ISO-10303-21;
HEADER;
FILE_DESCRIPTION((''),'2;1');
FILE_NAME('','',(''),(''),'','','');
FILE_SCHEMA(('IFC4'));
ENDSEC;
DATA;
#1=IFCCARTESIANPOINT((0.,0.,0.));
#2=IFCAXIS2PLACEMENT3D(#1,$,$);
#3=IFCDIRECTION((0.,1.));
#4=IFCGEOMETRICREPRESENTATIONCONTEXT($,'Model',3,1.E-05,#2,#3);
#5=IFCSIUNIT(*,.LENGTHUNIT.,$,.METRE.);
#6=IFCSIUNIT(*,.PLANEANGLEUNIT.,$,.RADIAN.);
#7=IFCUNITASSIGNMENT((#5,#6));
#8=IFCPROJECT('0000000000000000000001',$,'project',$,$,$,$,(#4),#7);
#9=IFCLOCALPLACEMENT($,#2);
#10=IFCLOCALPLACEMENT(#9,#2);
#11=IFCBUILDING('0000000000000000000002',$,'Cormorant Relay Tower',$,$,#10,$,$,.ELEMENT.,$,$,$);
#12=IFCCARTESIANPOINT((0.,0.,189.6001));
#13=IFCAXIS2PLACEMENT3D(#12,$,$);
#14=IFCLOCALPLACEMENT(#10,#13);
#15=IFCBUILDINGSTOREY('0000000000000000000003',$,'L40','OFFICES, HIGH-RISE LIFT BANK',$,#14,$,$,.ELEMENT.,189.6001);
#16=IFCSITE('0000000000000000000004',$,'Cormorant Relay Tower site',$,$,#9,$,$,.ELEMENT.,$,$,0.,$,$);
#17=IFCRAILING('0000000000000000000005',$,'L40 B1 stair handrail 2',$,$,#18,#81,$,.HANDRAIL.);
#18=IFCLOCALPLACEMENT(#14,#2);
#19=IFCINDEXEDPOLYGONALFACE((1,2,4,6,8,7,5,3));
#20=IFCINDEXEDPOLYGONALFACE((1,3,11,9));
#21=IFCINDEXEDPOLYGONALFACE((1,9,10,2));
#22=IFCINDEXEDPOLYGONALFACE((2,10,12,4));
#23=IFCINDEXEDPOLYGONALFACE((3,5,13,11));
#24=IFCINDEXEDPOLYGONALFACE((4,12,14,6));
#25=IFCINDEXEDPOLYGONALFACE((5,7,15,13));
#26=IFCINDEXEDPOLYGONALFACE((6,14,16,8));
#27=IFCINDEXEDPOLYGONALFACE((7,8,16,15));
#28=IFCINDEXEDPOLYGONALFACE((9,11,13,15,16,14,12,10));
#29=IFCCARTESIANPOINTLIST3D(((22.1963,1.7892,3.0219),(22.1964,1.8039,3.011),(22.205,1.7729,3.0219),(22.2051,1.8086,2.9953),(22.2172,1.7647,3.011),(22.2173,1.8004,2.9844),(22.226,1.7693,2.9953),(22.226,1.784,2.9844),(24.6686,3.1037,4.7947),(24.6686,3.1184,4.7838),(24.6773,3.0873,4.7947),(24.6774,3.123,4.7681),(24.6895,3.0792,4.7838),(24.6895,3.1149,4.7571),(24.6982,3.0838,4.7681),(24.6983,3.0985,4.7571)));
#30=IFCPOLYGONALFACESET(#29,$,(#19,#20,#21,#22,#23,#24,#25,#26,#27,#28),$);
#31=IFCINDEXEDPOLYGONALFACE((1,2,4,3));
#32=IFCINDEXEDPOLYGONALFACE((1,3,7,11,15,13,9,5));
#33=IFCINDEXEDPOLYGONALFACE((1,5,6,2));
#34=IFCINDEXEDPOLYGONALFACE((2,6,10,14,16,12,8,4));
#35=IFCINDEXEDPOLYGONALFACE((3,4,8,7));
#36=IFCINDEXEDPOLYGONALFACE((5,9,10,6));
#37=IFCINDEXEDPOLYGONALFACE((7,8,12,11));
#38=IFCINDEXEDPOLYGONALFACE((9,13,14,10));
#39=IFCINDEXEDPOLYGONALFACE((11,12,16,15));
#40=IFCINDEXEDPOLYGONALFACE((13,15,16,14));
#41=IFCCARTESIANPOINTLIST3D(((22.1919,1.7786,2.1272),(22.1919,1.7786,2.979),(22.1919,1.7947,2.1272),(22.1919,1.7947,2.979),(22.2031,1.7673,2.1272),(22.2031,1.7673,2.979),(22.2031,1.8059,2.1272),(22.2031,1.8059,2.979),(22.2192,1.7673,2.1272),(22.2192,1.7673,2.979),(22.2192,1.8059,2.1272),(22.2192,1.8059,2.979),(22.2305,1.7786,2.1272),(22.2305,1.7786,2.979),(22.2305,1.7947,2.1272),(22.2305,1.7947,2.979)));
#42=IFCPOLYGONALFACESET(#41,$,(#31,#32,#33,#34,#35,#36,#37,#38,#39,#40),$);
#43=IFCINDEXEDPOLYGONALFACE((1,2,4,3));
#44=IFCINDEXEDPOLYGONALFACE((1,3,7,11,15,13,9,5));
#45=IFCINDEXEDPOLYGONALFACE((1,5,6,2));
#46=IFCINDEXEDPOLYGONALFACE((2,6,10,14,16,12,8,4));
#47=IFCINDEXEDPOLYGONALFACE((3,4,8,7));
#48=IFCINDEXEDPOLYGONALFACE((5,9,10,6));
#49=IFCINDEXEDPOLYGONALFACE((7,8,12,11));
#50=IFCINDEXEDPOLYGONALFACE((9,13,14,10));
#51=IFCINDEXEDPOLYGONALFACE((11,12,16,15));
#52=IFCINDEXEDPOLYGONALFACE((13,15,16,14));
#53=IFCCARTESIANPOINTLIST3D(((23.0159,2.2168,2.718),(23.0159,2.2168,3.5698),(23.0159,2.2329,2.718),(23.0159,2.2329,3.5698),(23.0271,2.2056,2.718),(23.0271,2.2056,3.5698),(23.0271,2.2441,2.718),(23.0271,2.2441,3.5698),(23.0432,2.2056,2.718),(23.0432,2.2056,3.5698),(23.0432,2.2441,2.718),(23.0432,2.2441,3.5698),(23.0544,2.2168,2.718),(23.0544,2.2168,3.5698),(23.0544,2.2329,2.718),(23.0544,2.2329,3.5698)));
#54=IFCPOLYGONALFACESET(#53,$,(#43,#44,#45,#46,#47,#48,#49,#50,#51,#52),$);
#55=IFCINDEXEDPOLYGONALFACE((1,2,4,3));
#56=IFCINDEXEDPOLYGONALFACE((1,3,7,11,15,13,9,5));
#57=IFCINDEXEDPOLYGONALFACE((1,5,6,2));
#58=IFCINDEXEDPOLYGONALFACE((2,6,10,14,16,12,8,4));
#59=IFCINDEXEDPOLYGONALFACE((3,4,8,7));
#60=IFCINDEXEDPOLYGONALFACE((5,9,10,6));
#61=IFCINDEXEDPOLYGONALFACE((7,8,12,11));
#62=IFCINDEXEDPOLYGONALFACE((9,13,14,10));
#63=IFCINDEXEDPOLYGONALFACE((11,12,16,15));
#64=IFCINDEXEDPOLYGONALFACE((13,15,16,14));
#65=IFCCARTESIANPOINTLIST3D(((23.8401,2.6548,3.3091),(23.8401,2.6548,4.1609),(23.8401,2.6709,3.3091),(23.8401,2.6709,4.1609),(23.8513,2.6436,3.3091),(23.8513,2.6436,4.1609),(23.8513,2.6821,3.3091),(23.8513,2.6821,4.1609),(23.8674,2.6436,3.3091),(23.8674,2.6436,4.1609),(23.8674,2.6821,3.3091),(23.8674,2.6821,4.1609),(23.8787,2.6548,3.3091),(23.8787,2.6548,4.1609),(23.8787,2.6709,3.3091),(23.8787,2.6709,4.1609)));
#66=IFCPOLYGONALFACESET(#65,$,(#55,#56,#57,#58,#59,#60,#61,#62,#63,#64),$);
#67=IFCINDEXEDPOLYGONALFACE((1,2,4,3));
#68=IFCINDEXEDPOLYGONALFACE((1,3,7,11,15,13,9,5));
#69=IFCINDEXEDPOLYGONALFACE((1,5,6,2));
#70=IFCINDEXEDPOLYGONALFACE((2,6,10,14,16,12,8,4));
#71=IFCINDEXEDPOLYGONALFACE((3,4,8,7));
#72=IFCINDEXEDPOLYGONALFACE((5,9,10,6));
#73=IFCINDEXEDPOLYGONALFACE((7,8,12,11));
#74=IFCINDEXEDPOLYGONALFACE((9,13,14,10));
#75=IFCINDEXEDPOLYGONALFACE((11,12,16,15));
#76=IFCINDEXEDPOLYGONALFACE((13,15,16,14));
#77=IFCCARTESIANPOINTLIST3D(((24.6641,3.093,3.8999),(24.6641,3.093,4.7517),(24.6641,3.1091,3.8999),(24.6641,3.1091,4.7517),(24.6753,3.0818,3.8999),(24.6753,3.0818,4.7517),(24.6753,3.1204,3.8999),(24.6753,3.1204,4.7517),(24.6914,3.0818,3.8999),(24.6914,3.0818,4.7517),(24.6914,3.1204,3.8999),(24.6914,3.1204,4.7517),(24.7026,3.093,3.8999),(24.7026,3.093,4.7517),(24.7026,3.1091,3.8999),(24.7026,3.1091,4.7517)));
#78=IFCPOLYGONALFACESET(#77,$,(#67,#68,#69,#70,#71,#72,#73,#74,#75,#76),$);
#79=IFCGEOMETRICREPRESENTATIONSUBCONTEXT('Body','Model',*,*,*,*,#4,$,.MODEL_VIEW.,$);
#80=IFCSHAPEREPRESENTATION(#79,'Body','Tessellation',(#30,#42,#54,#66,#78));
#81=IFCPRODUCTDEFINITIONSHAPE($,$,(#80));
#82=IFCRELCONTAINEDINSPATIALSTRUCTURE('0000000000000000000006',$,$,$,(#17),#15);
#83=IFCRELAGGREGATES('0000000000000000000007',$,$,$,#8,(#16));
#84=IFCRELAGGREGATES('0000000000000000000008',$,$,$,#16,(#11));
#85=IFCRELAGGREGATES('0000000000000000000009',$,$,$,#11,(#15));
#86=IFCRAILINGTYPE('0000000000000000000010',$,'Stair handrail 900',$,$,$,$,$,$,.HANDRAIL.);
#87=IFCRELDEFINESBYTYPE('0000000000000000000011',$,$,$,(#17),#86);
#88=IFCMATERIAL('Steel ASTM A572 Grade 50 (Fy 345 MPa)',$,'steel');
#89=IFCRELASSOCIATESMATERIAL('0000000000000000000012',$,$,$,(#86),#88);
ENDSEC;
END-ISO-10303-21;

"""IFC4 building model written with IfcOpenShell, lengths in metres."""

from ifc_helpers import new_model, si_unit, direction, frame, origin, place, context, subcontext, project, spatial, polyline, outline, extrude, material, type_object, element, save


model = new_model("IFC4")

# Units and contexts
model_context = context("Model", 3, precision=1e-05, world=origin(), true_north=direction((0.0, 1.0)))
body_context = subcontext(model_context, "Body", "Model", "MODEL_VIEW")
ifc_project = project(units=[si_unit("LENGTHUNIT", "METRE"), si_unit("PLANEANGLEUNIT", "RADIAN")], contexts=[model_context])

# Site, building, storey
site_placement = place(None, origin())
site = spatial("IfcSite", under=ifc_project, at=site_placement, Name="Cormorant Relay Tower site", CompositionType="ELEMENT", RefElevation=0.0)
building_placement = place(site_placement, origin())
building = spatial("IfcBuilding", under=site, at=building_placement, Name="Cormorant Relay Tower", CompositionType="ELEMENT")
storey_placement = place(building_placement, frame((0.0, 0.0, 189.6001)))
storey = spatial("IfcBuildingStorey", under=building, at=storey_placement, Name="L40", Description="OFFICES, HIGH-RISE LIFT BANK", CompositionType="ELEMENT", Elevation=189.6001)

# Railing
ifc_material_1 = material(Name="Steel ASTM A572 Grade 50 (Fy 345 MPa)", Category="steel")
railing_type_1 = type_object("IfcRailingType", Name="Stair handrail 900", PredefinedType="HANDRAIL", material=ifc_material_1)
railing_1_placement = place(storey_placement, frame((22.2112, 1.7866, 2.1272)))
element("IfcRailing", 1, at=railing_1_placement, inside=storey, type_object=railing_type_1, Name="L40 B1 stair handrail 2", PredefinedType="HANDRAIL", context=body_context, shape_type="SweptSolid", body=[
    extrude(outline(polyline([(0.0222, 0.0093), (0.0093, 0.0222), (-0.0093, 0.0222), (-0.0222, 0.0093), (-0.0222, -0.0093), (-0.0093, -0.0222), (0.0093, -0.0222), (0.0222, -0.0093), (0.0222, 0.0093)])), frame((0.0, 0.0, 0.876), z_axis=(0.746001, 0.396649, 0.534931), x_axis=(-0.469465, 0.882951, 0.0)), (0.0, 0.0, 1.0), 3.314),
    extrude(outline(polyline([(0.0193, 0.0081), (0.0081, 0.0193), (-0.0081, 0.0193), (-0.0193, 0.0081), (-0.0193, -0.0081), (-0.0081, -0.0193), (0.0081, -0.0193), (0.0193, -0.0081), (0.0193, 0.0081)])), origin(), (0.0, 0.0, 1.0), 0.8518),
    extrude(outline(polyline([(0.0193, 0.0081), (0.0081, 0.0193), (-0.0081, 0.0193), (-0.0193, 0.0081), (-0.0193, -0.0081), (-0.0081, -0.0193), (0.0081, -0.0193), (0.0193, -0.0081), (0.0193, 0.0081)])), frame((0.824, 0.4382, 0.5908)), (0.0, 0.0, 1.0), 0.8518),
    extrude(outline(polyline([(0.0193, 0.0081), (0.0081, 0.0193), (-0.0081, 0.0193), (-0.0193, 0.0081), (-0.0193, -0.0081), (-0.0081, -0.0193), (0.0081, -0.0193), (0.0193, -0.0081), (0.0193, 0.0081)])), frame((1.6482, 0.8762, 1.1819)), (0.0, 0.0, 1.0), 0.8518),
    extrude(outline(polyline([(0.0193, 0.0081), (0.0081, 0.0193), (-0.0081, 0.0193), (-0.0193, 0.0081), (-0.0193, -0.0081), (-0.0081, -0.0193), (0.0081, -0.0193), (0.0193, -0.0081), (0.0193, 0.0081)])), frame((2.4722, 1.3145, 1.7727)), (0.0, 0.0, 1.0), 0.8518),
])

save(model, "model.ifc")
